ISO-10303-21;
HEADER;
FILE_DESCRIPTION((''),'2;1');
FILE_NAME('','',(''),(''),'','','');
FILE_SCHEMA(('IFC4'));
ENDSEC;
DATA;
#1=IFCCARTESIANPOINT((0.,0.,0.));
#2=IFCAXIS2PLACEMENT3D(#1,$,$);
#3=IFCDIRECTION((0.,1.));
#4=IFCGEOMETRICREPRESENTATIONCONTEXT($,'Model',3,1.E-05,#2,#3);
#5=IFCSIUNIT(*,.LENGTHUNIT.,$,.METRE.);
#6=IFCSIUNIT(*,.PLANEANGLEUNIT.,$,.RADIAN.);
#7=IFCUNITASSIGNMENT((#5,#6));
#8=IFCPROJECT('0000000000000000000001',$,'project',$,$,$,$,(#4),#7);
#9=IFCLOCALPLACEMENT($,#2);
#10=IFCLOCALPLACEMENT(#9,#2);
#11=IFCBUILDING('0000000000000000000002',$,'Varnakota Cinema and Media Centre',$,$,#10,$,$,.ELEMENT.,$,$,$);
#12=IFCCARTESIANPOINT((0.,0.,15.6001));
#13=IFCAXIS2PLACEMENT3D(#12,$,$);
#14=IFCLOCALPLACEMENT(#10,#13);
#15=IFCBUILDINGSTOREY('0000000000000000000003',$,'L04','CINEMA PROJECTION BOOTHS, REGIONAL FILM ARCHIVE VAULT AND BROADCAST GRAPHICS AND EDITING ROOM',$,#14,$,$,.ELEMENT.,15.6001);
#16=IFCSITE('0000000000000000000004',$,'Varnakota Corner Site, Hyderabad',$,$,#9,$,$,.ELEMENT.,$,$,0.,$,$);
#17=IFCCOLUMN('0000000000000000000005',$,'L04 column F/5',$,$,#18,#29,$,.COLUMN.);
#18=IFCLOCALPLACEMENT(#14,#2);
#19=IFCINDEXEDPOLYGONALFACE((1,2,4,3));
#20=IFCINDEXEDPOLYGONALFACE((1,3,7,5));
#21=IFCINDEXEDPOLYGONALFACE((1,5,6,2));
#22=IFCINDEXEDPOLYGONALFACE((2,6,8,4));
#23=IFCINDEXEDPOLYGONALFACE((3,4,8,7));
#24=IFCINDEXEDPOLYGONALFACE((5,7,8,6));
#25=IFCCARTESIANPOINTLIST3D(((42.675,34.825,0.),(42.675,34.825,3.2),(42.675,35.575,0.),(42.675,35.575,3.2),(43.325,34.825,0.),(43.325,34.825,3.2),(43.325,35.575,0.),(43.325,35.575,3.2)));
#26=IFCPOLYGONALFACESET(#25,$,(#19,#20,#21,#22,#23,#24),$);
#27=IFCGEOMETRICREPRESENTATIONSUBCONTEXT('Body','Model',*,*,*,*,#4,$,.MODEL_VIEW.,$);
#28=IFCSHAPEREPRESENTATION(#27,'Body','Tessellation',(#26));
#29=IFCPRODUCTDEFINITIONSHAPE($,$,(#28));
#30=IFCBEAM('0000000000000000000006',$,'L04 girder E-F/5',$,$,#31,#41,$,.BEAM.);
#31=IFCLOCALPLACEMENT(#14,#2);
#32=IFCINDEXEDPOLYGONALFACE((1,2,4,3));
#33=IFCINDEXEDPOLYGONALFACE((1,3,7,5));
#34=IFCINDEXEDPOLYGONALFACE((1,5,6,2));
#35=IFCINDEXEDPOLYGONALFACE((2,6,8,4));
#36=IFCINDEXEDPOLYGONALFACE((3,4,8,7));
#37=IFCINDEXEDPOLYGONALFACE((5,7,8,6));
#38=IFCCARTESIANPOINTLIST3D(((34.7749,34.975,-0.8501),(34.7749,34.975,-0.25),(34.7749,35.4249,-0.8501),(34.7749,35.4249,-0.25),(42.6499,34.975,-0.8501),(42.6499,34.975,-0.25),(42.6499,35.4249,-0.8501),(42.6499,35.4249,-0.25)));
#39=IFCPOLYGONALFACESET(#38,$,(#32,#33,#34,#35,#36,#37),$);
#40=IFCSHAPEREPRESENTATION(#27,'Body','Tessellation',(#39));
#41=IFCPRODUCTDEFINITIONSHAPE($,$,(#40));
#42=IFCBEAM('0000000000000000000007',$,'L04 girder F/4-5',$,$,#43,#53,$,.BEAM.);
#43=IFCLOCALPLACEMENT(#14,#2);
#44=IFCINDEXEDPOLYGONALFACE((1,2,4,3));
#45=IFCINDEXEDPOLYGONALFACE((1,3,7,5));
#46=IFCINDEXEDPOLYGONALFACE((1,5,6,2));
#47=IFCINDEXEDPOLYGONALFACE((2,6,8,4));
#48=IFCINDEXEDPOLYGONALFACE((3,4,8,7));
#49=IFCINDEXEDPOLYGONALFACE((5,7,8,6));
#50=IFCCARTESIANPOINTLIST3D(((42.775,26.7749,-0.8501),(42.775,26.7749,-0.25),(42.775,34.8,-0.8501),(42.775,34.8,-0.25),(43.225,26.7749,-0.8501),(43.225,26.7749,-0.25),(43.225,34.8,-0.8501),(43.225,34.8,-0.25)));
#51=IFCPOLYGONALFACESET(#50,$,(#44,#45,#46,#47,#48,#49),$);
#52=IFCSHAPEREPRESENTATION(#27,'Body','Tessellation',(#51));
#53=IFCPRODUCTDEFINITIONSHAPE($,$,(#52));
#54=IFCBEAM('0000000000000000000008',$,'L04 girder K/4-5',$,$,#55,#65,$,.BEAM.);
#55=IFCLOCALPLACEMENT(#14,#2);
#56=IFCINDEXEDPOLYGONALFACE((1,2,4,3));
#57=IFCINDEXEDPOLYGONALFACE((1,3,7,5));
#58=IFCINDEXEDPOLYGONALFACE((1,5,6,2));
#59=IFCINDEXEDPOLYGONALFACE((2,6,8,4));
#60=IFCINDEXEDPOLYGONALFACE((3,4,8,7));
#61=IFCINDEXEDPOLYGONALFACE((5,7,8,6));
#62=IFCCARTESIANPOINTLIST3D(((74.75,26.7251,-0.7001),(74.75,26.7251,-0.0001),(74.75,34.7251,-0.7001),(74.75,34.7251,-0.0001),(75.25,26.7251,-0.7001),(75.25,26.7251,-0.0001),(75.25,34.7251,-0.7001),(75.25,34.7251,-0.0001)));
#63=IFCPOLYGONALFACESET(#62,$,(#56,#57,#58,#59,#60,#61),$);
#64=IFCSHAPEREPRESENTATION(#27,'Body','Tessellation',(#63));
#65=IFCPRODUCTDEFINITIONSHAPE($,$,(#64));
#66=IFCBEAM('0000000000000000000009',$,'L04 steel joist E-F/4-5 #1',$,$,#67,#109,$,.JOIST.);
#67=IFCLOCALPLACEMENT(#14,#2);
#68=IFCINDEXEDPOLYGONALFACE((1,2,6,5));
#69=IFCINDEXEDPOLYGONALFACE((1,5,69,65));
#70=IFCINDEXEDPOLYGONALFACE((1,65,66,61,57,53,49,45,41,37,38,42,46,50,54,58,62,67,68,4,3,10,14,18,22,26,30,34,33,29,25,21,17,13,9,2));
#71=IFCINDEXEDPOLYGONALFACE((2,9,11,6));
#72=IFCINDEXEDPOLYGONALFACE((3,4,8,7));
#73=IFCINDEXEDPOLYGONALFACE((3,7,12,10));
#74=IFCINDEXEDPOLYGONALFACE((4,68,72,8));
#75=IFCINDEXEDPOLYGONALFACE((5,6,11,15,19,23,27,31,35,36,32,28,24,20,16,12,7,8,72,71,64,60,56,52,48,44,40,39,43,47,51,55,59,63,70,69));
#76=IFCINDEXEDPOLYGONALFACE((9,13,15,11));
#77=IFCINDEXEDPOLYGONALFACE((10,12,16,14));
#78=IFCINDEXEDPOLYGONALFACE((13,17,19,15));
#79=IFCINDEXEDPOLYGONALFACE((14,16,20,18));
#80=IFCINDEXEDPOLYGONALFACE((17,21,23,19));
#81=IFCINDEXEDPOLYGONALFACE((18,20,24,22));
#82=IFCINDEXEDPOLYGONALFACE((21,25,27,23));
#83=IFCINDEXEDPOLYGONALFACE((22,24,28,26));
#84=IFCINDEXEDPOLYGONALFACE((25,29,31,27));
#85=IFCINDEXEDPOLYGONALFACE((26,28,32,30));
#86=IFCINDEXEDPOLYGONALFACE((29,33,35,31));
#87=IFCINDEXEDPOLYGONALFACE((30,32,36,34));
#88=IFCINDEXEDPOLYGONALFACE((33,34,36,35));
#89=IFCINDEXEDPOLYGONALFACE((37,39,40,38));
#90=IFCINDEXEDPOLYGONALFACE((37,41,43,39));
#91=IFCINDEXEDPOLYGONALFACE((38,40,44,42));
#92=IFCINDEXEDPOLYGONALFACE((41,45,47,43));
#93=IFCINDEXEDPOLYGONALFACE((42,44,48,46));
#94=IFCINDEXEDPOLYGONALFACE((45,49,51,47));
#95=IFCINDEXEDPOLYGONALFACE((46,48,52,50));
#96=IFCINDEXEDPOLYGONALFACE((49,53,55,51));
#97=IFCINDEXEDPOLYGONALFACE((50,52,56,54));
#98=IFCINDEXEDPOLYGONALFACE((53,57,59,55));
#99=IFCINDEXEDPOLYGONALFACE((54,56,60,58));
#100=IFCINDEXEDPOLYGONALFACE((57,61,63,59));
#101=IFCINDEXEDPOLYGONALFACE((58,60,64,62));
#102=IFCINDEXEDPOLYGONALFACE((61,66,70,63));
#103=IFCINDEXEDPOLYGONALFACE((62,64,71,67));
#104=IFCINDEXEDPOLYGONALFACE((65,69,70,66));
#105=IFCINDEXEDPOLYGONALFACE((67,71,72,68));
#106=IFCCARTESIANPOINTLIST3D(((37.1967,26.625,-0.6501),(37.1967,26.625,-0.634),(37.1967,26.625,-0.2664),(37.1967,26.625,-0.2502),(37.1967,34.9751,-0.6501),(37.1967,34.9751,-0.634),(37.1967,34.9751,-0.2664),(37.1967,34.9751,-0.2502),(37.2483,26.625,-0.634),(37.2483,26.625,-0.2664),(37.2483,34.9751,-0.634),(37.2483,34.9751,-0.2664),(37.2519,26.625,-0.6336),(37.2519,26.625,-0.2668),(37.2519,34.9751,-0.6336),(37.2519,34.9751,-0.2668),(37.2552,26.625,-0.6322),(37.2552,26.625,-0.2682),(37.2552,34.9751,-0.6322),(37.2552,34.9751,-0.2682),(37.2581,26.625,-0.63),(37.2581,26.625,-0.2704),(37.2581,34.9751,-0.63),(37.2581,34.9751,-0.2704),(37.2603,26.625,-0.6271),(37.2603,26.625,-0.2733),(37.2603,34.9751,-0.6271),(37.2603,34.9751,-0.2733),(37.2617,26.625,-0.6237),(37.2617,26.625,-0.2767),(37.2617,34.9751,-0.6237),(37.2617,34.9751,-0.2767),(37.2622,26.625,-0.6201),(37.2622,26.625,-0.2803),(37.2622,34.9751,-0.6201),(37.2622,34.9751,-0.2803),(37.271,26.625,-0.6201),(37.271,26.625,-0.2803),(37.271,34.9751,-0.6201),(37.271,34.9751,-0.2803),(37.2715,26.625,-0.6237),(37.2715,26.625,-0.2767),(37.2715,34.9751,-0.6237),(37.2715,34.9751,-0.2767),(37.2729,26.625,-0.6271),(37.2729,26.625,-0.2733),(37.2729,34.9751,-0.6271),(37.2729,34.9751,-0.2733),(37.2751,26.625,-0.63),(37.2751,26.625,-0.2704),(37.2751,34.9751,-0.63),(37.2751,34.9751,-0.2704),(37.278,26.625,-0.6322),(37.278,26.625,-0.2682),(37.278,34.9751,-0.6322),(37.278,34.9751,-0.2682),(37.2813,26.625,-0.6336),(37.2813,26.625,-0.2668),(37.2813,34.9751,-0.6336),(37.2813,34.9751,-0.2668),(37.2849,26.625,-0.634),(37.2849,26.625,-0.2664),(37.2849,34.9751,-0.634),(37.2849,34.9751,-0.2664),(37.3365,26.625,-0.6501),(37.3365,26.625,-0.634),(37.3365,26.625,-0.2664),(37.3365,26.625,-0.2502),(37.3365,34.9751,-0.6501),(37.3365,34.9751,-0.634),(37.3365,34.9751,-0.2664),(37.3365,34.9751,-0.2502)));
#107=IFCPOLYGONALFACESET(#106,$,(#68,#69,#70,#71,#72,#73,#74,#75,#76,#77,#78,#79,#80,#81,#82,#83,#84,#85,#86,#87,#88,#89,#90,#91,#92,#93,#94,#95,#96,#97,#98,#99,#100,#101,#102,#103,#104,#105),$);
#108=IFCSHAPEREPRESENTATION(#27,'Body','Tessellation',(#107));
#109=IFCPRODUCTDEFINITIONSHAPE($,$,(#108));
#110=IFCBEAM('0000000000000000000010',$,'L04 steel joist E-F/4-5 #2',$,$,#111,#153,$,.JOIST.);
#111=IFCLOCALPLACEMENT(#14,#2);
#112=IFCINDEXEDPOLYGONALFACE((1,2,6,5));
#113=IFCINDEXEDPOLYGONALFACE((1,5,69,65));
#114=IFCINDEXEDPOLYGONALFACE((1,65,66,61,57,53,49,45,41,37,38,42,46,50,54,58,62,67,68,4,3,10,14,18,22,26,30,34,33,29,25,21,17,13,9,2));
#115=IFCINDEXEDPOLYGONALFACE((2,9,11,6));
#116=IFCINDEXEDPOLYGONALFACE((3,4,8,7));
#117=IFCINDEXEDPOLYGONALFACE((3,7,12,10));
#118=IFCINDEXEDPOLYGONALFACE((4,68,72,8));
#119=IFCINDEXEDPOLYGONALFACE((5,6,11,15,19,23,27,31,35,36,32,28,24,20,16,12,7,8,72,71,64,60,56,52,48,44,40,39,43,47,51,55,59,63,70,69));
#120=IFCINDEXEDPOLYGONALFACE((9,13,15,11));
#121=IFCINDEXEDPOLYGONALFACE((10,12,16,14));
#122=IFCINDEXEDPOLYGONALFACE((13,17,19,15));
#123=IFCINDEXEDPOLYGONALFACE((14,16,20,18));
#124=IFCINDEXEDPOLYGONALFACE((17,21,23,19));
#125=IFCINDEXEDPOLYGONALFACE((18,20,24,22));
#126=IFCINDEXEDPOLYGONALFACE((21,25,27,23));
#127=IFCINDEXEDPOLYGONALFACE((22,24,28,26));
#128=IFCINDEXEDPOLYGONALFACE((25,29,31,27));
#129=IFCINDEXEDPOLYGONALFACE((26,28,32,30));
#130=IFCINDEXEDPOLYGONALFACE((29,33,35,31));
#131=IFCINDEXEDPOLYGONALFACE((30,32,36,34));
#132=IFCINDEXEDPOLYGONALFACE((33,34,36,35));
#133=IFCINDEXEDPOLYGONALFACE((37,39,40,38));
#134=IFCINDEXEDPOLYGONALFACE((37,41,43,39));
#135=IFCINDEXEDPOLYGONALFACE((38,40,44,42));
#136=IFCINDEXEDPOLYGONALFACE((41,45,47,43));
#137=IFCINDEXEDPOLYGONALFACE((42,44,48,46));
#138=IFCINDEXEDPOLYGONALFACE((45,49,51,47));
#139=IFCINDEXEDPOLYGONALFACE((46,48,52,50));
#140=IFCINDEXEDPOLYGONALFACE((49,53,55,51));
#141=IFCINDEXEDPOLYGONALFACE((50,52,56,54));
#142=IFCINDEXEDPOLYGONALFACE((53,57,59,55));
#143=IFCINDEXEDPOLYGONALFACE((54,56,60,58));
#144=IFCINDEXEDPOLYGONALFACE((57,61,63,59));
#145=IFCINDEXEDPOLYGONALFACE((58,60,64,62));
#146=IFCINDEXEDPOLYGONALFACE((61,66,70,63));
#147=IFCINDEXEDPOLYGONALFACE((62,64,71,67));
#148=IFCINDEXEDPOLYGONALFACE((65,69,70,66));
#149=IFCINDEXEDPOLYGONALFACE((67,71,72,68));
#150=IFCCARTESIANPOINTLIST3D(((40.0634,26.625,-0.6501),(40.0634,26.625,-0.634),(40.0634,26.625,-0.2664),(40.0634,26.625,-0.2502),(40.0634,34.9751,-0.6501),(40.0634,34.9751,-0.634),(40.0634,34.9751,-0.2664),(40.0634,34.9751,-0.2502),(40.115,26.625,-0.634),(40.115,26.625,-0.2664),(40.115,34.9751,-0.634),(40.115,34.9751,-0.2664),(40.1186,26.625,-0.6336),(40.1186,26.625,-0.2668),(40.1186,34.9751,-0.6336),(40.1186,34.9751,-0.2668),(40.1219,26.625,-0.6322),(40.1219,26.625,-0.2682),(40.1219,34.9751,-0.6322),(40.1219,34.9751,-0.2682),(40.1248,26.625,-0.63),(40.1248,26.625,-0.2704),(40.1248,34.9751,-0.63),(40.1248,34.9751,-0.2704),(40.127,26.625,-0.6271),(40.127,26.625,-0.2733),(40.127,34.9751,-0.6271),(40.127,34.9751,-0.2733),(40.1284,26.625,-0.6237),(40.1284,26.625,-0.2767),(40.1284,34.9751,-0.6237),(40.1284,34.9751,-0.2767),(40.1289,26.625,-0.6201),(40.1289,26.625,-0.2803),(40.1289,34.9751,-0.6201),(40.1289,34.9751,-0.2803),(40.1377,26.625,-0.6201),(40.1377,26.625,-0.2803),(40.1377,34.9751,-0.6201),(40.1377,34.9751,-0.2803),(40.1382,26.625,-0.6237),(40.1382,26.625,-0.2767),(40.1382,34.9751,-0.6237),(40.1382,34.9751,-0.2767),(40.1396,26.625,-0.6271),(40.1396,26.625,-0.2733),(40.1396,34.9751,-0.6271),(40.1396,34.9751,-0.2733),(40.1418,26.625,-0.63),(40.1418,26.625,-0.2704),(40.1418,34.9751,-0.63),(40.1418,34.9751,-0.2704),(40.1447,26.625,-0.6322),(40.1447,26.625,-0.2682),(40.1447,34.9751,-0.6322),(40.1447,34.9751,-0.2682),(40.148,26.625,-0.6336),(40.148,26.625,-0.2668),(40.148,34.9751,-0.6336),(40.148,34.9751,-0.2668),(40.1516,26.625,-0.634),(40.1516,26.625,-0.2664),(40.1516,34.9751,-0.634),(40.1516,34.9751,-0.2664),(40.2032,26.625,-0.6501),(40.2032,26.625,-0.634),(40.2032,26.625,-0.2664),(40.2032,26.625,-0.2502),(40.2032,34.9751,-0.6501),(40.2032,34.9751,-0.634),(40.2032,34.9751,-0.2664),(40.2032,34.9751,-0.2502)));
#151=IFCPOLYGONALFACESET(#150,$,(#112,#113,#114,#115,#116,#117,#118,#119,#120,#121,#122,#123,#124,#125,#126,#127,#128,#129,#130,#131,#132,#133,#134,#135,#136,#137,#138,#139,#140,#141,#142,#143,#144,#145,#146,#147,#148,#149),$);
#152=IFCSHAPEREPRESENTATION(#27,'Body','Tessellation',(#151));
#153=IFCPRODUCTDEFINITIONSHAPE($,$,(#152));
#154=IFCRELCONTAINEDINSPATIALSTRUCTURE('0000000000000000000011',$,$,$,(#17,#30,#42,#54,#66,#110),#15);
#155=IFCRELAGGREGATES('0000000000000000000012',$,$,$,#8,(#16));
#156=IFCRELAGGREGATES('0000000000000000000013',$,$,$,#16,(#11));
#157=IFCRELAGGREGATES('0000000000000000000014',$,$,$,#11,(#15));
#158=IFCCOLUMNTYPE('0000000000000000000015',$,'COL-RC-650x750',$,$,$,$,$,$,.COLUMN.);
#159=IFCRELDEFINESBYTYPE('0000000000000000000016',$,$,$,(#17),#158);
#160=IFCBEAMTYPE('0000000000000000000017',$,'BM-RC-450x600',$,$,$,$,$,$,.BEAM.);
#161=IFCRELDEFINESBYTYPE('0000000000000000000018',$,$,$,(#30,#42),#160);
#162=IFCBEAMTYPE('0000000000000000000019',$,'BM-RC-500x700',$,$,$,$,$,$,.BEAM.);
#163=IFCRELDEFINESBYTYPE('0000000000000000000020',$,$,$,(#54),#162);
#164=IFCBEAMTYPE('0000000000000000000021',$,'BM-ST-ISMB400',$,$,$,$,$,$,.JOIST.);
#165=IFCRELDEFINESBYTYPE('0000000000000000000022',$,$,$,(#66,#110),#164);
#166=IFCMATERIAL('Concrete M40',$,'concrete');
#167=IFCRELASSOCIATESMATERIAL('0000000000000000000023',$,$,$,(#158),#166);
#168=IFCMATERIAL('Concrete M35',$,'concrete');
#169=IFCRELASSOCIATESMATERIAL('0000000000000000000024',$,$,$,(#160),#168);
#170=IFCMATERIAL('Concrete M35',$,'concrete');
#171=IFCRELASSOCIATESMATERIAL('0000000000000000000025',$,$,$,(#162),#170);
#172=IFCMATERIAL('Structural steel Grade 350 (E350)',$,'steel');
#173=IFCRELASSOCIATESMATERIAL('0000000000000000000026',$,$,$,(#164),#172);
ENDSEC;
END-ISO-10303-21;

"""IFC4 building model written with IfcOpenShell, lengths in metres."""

from ifc_helpers import new_model, si_unit, direction, frame, origin, origin_2d, place, context, subcontext, project, spatial, rectangle, i_section, extrude, material, material_profile, profile_set, type_object, element, save


model = new_model("IFC4")

# Units and contexts
model_context = context("Model", 3, precision=1e-05, world=origin(), true_north=direction((0.0, 1.0)))
body_context = subcontext(model_context, "Body", "Model", "MODEL_VIEW")
ifc_project = project(units=[si_unit("LENGTHUNIT", "METRE"), si_unit("PLANEANGLEUNIT", "RADIAN")], contexts=[model_context])

# Site, building, storey
site_placement = place(None, origin())
site = spatial("IfcSite", under=ifc_project, at=site_placement, Name="Varnakota Corner Site, Hyderabad", CompositionType="ELEMENT", RefElevation=0.0)
building_placement = place(site_placement, origin())
building = spatial("IfcBuilding", under=site, at=building_placement, Name="Varnakota Cinema and Media Centre", CompositionType="ELEMENT")
storey_placement = place(building_placement, frame((0.0, 0.0, 15.6001)))
storey = spatial("IfcBuildingStorey", under=building, at=storey_placement, Name="L04", Description="CINEMA PROJECTION BOOTHS, REGIONAL FILM ARCHIVE VAULT AND BROADCAST GRAPHICS AND EDITING ROOM", CompositionType="ELEMENT", Elevation=15.6001)

# Column
ifc_material_1 = material(Name="Concrete M40", Category="concrete")
ifc_material_profile_1 = material_profile(ifc_material_1, rectangle(XDim=0.6499, YDim=0.75, at=origin_2d()), Name="RC 650x750")
ifc_profile_set_1 = profile_set([ifc_material_profile_1], Name="Concrete M40")
column_type = type_object("IfcColumnType", Name="COL-RC-650x750", PredefinedType="COLUMN", material=ifc_profile_set_1)
column_placement = place(storey_placement, frame((43.0, 35.2, 0.0), z_axis=(0.0, 0.0, 1.0), x_axis=(1.0, 0.0, 0.0)))
element("IfcColumn", 1, at=column_placement, inside=storey, type_object=column_type, Name="L04 column F/5", PredefinedType="COLUMN", context=body_context, shape_type="SweptSolid", body=[
    extrude(rectangle(XDim=0.6499, YDim=0.75, at=origin_2d()), origin(), (0.0, 0.0, 1.0), 3.2),
])

# Beams
ifc_material_2 = material(Name="Concrete M35", Category="concrete")
ifc_material_profile_2 = material_profile(ifc_material_2, rectangle(XDim=0.45, YDim=0.6001, at=origin_2d()), Name="RCB 450x600")
ifc_profile_set_2 = profile_set([ifc_material_profile_2], Name="Concrete M35")
beam_type_1 = type_object("IfcBeamType", Name="BM-RC-450x600", PredefinedType="BEAM", material=ifc_profile_set_2)
beam_1_placement = place(storey_placement, frame((34.7749, 35.2, -0.55), z_axis=(1.0, 0.0, 0.0), x_axis=(0.0, 1.0, 0.0)))
element("IfcBeam", 2, at=beam_1_placement, inside=storey, type_object=beam_type_1, Name="L04 girder E-F/5", PredefinedType="BEAM", context=body_context, shape_type="SweptSolid", body=[
    extrude(rectangle(XDim=0.45, YDim=0.6001, at=origin_2d()), origin(), (0.0, 0.0, 1.0), 7.875),
])
beam_2_placement = place(storey_placement, frame((43.0, 26.7749, -0.55), z_axis=(0.0, 1.0, 0.0), x_axis=(-1.0, 0.0, 0.0)))
element("IfcBeam", 3, at=beam_2_placement, inside=storey, type_object=beam_type_1, Name="L04 girder F/4-5", PredefinedType="BEAM", context=body_context, shape_type="SweptSolid", body=[
    extrude(rectangle(XDim=0.45, YDim=0.6001, at=origin_2d()), origin(), (0.0, 0.0, 1.0), 8.0251),
])
ifc_material_3 = material(Name="Concrete M35", Category="concrete")
ifc_material_profile_3 = material_profile(ifc_material_3, rectangle(XDim=0.5, YDim=0.7, at=origin_2d()), Name="RCB 500x700")
ifc_profile_set_3 = profile_set([ifc_material_profile_3], Name="Concrete M35")
beam_type_2 = type_object("IfcBeamType", Name="BM-RC-500x700", PredefinedType="BEAM", material=ifc_profile_set_3)
beam_3_placement = place(storey_placement, frame((75.0, 26.7251, -0.3501), z_axis=(0.0, 1.0, 0.0), x_axis=(-1.0, 0.0, 0.0)))
element("IfcBeam", 4, at=beam_3_placement, inside=storey, type_object=beam_type_2, Name="L04 girder K/4-5", PredefinedType="BEAM", context=body_context, shape_type="SweptSolid", body=[
    extrude(rectangle(XDim=0.5, YDim=0.7, at=origin_2d()), origin(), (0.0, 0.0, 1.0), 8.0),
])
ifc_material_4 = material(Name="Structural steel Grade 350 (E350)", Category="steel")
ifc_material_profile_4 = material_profile(ifc_material_4, i_section(OverallWidth=0.1399, OverallDepth=0.3999, WebThickness=0.0088, FlangeThickness=0.0161, FilletRadius=0.0139, at=origin_2d()), Name="ISMB 400")
ifc_profile_set_4 = profile_set([ifc_material_profile_4], Name="Structural steel Grade 350 (E350)")
beam_type_3 = type_object("IfcBeamType", Name="BM-ST-ISMB400", PredefinedType="JOIST", material=ifc_profile_set_4)
for number, where, z_axis, x_axis, name in (
    (5, (37.2666, 26.625, -0.4502), (0.0, 1.0, 0.0), (-1.0, 0.0, 0.0), "L04 steel joist E-F/4-5 #1"),
    (6, (40.1333, 26.625, -0.4502), (0.0, 1.0, 0.0), (-1.0, 0.0, 0.0), "L04 steel joist E-F/4-5 #2"),
):
    element("IfcBeam", number, at=place(storey_placement, frame(where, z_axis=z_axis, x_axis=x_axis)), inside=storey, type_object=beam_type_3, Name=name, PredefinedType="JOIST", context=body_context, shape_type="SweptSolid", body=[
        extrude(i_section(OverallWidth=0.1399, OverallDepth=0.3999, WebThickness=0.0088, FlangeThickness=0.0161, FilletRadius=0.0139, at=origin_2d()), origin(), (0.0, 0.0, 1.0), 8.3501),
    ])

save(model, "model.ifc")
